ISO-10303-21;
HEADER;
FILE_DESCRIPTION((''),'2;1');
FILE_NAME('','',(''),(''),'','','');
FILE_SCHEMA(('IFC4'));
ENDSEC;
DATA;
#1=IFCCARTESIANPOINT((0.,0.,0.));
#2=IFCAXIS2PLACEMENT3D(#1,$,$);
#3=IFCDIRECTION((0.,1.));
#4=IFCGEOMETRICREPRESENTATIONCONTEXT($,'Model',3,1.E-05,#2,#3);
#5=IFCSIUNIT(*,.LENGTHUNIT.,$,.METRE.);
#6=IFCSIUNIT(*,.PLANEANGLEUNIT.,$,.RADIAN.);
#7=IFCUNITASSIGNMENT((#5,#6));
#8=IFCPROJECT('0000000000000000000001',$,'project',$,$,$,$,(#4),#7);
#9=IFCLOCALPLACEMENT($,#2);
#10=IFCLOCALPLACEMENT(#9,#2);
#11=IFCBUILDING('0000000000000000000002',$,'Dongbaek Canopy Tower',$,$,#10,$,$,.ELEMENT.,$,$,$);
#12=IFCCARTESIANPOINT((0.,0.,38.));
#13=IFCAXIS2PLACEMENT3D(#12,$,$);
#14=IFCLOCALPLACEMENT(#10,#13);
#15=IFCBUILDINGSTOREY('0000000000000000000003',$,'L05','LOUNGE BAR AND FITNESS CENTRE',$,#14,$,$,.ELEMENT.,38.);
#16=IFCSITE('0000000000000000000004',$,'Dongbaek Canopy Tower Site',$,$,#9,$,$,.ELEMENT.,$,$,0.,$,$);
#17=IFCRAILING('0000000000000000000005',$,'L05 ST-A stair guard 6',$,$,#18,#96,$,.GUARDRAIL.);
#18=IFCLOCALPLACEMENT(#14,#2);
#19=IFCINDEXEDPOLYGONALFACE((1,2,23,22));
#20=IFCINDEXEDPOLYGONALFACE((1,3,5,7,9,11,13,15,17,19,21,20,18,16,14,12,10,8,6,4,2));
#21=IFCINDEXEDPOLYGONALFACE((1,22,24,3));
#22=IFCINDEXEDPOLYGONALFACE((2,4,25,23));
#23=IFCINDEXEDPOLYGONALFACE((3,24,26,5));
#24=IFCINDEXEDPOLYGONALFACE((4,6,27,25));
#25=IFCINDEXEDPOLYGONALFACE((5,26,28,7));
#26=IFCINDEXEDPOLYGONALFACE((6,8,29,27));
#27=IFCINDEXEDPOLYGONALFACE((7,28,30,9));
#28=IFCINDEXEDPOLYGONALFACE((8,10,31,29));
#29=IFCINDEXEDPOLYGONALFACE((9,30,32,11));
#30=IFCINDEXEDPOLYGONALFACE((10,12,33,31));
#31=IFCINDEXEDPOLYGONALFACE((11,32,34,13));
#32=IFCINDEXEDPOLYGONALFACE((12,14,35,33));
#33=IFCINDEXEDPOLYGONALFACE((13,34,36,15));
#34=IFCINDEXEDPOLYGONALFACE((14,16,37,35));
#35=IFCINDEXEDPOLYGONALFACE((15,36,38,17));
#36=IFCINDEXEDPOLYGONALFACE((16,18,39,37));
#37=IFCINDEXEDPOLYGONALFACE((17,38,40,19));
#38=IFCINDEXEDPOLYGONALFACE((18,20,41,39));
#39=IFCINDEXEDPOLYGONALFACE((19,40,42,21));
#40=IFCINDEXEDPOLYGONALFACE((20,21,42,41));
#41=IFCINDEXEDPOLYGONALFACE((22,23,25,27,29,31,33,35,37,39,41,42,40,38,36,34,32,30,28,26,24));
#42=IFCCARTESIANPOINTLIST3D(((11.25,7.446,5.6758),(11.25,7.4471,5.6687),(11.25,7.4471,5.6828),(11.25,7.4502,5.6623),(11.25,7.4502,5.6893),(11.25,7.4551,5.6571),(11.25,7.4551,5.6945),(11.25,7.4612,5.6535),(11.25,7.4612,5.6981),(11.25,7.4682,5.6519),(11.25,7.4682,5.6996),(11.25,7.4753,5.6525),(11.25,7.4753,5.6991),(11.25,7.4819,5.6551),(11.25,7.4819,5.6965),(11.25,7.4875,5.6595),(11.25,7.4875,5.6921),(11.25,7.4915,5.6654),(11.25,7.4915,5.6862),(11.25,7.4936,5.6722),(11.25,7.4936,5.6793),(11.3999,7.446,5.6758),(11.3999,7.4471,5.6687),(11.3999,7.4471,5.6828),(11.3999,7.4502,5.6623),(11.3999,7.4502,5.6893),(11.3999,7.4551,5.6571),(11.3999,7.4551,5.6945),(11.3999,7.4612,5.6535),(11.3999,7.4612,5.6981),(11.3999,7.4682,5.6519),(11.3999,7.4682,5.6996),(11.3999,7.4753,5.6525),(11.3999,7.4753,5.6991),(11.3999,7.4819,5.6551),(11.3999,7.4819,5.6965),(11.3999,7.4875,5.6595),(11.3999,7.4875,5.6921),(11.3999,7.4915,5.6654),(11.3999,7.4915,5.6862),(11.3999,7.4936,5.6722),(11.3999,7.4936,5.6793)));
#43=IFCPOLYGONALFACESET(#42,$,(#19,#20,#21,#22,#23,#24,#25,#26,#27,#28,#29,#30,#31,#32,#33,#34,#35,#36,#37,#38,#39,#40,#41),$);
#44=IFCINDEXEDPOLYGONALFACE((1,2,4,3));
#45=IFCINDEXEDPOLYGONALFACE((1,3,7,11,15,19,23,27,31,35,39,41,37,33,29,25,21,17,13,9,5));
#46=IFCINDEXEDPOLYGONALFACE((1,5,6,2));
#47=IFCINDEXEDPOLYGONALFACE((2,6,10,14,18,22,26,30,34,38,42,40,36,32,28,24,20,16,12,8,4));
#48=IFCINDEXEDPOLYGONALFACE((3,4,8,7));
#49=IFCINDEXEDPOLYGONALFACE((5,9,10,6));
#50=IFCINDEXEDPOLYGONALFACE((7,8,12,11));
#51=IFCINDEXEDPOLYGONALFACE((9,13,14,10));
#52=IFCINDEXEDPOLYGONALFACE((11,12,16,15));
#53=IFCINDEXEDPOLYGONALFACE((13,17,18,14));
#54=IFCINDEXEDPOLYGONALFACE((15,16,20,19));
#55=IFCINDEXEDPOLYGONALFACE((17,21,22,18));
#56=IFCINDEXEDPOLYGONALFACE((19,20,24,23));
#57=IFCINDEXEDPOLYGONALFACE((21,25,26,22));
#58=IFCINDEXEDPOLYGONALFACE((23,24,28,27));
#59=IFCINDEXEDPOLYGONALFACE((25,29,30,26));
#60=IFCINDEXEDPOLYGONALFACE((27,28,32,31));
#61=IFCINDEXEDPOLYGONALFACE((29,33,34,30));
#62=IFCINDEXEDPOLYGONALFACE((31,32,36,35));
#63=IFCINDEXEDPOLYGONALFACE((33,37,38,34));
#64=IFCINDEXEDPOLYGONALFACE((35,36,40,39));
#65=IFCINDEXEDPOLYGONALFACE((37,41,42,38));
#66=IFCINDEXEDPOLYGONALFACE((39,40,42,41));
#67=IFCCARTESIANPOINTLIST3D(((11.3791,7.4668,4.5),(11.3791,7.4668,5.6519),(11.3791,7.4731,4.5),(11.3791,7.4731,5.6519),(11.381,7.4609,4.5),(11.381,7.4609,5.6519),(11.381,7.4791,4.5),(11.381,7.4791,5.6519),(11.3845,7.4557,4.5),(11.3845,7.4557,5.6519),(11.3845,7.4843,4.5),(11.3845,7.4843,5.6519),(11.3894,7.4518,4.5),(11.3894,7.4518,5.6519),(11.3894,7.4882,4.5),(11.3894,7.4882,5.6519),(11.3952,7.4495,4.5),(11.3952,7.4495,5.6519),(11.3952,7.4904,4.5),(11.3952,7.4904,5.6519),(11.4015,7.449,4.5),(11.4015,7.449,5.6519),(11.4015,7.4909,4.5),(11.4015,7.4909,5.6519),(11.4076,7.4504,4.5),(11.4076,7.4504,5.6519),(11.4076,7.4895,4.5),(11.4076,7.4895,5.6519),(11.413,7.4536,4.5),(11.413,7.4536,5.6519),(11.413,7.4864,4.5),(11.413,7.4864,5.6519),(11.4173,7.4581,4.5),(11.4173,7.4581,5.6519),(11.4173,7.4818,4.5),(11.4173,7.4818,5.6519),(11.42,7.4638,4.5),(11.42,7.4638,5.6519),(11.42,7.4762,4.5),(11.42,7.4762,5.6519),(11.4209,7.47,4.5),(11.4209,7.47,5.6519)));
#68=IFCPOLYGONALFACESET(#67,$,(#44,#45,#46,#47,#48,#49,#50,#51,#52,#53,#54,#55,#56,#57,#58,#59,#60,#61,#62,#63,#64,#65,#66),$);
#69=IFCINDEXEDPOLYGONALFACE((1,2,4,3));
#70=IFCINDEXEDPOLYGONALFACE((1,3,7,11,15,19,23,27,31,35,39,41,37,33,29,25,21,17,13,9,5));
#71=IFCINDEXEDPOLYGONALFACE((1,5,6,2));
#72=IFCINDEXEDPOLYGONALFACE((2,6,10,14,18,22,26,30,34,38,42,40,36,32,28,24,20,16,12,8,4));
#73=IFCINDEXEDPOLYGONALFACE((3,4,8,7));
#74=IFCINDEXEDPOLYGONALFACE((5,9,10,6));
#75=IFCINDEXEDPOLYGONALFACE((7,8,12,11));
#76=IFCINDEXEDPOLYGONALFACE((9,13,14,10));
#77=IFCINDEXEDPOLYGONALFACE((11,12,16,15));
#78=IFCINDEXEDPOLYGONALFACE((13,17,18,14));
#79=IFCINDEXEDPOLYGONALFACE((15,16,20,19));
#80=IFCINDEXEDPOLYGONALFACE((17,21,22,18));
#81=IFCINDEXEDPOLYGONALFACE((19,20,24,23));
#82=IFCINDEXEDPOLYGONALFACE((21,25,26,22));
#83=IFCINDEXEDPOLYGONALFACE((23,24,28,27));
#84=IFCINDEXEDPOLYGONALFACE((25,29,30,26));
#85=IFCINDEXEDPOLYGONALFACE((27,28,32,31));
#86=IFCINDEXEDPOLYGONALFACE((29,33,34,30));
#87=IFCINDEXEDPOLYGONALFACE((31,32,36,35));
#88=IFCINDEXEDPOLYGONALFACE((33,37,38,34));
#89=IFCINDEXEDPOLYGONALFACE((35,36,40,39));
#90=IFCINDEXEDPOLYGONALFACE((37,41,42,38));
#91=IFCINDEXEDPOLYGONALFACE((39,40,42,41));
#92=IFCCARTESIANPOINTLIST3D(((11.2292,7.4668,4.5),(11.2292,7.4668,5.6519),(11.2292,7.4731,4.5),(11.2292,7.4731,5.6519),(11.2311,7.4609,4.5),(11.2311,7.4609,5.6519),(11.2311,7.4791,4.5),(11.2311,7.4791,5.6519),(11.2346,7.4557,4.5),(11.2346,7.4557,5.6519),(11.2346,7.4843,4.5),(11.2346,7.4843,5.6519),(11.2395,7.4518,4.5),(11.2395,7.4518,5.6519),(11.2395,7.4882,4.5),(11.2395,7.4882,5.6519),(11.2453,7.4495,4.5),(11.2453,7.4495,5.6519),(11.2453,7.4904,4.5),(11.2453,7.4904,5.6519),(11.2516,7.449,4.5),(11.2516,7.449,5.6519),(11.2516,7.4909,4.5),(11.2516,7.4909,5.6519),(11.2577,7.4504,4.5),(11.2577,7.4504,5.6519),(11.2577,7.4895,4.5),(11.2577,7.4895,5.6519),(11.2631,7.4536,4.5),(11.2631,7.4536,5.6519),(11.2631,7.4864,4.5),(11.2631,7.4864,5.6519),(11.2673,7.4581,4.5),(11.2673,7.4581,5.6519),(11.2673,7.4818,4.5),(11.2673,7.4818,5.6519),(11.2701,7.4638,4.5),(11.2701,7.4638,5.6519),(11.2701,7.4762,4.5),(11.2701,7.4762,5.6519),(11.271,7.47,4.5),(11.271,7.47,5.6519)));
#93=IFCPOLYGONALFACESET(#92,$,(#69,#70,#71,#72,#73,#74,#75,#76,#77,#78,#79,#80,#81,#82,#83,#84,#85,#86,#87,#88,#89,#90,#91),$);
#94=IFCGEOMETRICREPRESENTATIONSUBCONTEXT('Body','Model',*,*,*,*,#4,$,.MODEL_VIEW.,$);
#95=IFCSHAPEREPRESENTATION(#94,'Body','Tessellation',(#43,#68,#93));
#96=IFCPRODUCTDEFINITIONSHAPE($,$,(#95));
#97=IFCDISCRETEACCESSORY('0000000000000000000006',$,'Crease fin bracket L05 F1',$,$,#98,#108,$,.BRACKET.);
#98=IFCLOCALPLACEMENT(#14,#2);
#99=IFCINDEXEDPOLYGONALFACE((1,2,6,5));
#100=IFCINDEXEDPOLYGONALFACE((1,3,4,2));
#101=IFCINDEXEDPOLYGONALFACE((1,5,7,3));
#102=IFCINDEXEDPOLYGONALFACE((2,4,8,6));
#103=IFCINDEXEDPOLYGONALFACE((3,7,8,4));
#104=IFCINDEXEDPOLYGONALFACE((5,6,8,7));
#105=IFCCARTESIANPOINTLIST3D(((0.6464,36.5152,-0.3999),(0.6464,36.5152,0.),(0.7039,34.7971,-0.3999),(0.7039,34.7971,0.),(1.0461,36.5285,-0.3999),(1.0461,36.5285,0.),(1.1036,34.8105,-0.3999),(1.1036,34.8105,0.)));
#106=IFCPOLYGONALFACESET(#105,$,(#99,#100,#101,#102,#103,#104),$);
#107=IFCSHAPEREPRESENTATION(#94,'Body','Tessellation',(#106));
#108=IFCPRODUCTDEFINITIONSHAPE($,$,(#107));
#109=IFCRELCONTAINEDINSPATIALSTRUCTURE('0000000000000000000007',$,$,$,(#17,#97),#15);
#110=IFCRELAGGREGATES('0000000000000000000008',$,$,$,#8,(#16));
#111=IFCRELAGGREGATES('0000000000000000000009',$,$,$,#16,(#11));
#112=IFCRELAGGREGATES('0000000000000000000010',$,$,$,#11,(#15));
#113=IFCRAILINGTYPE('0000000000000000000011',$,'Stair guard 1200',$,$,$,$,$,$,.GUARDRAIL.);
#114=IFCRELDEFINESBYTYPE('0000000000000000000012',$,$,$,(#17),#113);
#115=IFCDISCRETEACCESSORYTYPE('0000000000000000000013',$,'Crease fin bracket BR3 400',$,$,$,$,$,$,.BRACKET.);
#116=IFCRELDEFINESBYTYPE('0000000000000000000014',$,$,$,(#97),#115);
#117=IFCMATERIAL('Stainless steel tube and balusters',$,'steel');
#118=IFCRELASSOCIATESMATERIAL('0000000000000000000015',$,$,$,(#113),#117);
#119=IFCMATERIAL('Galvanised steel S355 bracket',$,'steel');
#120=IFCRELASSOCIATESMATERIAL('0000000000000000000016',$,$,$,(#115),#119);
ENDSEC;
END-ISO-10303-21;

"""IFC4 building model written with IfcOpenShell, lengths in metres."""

from ifc_helpers import new_model, si_unit, direction, frame, origin, origin_2d, place, context, subcontext, project, spatial, rectangle, circle, extrude, material, type_object, element, save


model = new_model("IFC4")

# Units and contexts
model_context = context("Model", 3, precision=1e-05, world=origin(), true_north=direction((0.0, 1.0)))
body_context = subcontext(model_context, "Body", "Model", "MODEL_VIEW")
ifc_project = project(units=[si_unit("LENGTHUNIT", "METRE"), si_unit("PLANEANGLEUNIT", "RADIAN")], contexts=[model_context])

# Site, building, storey
site_placement = place(None, origin())
site = spatial("IfcSite", under=ifc_project, at=site_placement, Name="Dongbaek Canopy Tower Site", CompositionType="ELEMENT", RefElevation=0.0)
building_placement = place(site_placement, origin())
building = spatial("IfcBuilding", under=site, at=building_placement, Name="Dongbaek Canopy Tower", CompositionType="ELEMENT")
storey_placement = place(building_placement, frame((0.0, 0.0, 38.0)))
storey = spatial("IfcBuildingStorey", under=building, at=storey_placement, Name="L05", Description="LOUNGE BAR AND FITNESS CENTRE", CompositionType="ELEMENT", Elevation=38.0)

# Railing
ifc_material_1 = material(Name="Stainless steel tube and balusters", Category="steel")
railing_type = type_object("IfcRailingType", Name="Stair guard 1200", PredefinedType="GUARDRAIL", material=ifc_material_1)
railing_placement = place(storey_placement, frame((11.3999, 7.47, 4.5)))
element("IfcRailing", 1, at=railing_placement, inside=storey, type_object=railing_type, Name="L05 ST-A stair guard 6", PredefinedType="GUARDRAIL", context=body_context, shape_type="SweptSolid", body=[
    extrude(circle(Radius=0.0239, at=origin_2d()), frame((0.0, 0.0, 1.1758), z_axis=(-1.0, 0.0, 0.0), x_axis=(0.0, -1.0, 0.0)), (0.0, 0.0, 1.0), 0.1499),
    extrude(circle(Radius=0.021, at=origin_2d()), origin(), (0.0, 0.0, 1.0), 1.1519),
    extrude(circle(Radius=0.021, at=origin_2d()), frame((-0.1499, 0.0, 0.0)), (0.0, 0.0, 1.0), 1.1519),
])

# Discrete accessory
ifc_material_2 = material(Name="Galvanised steel S355 bracket", Category="steel")
discrete_accessory_type = type_object("IfcDiscreteAccessoryType", Name="Crease fin bracket BR3 400", PredefinedType="BRACKET", material=ifc_material_2)
discrete_accessory_placement = place(storey_placement, frame((0.875, 35.6628, -0.3999), z_axis=(0.0, 0.0, 1.0), x_axis=(-0.033441, 0.999441, 0.0)))
element("IfcDiscreteAccessory", 2, at=discrete_accessory_placement, inside=storey, type_object=discrete_accessory_type, Name="Crease fin bracket L05 F1", PredefinedType="BRACKET", context=body_context, shape_type="SweptSolid", body=[
    extrude(rectangle(XDim=1.719, YDim=0.3999, at=origin_2d()), origin(), (0.0, 0.0, 1.0), 0.3999),
])

save(model, "model.ifc")
